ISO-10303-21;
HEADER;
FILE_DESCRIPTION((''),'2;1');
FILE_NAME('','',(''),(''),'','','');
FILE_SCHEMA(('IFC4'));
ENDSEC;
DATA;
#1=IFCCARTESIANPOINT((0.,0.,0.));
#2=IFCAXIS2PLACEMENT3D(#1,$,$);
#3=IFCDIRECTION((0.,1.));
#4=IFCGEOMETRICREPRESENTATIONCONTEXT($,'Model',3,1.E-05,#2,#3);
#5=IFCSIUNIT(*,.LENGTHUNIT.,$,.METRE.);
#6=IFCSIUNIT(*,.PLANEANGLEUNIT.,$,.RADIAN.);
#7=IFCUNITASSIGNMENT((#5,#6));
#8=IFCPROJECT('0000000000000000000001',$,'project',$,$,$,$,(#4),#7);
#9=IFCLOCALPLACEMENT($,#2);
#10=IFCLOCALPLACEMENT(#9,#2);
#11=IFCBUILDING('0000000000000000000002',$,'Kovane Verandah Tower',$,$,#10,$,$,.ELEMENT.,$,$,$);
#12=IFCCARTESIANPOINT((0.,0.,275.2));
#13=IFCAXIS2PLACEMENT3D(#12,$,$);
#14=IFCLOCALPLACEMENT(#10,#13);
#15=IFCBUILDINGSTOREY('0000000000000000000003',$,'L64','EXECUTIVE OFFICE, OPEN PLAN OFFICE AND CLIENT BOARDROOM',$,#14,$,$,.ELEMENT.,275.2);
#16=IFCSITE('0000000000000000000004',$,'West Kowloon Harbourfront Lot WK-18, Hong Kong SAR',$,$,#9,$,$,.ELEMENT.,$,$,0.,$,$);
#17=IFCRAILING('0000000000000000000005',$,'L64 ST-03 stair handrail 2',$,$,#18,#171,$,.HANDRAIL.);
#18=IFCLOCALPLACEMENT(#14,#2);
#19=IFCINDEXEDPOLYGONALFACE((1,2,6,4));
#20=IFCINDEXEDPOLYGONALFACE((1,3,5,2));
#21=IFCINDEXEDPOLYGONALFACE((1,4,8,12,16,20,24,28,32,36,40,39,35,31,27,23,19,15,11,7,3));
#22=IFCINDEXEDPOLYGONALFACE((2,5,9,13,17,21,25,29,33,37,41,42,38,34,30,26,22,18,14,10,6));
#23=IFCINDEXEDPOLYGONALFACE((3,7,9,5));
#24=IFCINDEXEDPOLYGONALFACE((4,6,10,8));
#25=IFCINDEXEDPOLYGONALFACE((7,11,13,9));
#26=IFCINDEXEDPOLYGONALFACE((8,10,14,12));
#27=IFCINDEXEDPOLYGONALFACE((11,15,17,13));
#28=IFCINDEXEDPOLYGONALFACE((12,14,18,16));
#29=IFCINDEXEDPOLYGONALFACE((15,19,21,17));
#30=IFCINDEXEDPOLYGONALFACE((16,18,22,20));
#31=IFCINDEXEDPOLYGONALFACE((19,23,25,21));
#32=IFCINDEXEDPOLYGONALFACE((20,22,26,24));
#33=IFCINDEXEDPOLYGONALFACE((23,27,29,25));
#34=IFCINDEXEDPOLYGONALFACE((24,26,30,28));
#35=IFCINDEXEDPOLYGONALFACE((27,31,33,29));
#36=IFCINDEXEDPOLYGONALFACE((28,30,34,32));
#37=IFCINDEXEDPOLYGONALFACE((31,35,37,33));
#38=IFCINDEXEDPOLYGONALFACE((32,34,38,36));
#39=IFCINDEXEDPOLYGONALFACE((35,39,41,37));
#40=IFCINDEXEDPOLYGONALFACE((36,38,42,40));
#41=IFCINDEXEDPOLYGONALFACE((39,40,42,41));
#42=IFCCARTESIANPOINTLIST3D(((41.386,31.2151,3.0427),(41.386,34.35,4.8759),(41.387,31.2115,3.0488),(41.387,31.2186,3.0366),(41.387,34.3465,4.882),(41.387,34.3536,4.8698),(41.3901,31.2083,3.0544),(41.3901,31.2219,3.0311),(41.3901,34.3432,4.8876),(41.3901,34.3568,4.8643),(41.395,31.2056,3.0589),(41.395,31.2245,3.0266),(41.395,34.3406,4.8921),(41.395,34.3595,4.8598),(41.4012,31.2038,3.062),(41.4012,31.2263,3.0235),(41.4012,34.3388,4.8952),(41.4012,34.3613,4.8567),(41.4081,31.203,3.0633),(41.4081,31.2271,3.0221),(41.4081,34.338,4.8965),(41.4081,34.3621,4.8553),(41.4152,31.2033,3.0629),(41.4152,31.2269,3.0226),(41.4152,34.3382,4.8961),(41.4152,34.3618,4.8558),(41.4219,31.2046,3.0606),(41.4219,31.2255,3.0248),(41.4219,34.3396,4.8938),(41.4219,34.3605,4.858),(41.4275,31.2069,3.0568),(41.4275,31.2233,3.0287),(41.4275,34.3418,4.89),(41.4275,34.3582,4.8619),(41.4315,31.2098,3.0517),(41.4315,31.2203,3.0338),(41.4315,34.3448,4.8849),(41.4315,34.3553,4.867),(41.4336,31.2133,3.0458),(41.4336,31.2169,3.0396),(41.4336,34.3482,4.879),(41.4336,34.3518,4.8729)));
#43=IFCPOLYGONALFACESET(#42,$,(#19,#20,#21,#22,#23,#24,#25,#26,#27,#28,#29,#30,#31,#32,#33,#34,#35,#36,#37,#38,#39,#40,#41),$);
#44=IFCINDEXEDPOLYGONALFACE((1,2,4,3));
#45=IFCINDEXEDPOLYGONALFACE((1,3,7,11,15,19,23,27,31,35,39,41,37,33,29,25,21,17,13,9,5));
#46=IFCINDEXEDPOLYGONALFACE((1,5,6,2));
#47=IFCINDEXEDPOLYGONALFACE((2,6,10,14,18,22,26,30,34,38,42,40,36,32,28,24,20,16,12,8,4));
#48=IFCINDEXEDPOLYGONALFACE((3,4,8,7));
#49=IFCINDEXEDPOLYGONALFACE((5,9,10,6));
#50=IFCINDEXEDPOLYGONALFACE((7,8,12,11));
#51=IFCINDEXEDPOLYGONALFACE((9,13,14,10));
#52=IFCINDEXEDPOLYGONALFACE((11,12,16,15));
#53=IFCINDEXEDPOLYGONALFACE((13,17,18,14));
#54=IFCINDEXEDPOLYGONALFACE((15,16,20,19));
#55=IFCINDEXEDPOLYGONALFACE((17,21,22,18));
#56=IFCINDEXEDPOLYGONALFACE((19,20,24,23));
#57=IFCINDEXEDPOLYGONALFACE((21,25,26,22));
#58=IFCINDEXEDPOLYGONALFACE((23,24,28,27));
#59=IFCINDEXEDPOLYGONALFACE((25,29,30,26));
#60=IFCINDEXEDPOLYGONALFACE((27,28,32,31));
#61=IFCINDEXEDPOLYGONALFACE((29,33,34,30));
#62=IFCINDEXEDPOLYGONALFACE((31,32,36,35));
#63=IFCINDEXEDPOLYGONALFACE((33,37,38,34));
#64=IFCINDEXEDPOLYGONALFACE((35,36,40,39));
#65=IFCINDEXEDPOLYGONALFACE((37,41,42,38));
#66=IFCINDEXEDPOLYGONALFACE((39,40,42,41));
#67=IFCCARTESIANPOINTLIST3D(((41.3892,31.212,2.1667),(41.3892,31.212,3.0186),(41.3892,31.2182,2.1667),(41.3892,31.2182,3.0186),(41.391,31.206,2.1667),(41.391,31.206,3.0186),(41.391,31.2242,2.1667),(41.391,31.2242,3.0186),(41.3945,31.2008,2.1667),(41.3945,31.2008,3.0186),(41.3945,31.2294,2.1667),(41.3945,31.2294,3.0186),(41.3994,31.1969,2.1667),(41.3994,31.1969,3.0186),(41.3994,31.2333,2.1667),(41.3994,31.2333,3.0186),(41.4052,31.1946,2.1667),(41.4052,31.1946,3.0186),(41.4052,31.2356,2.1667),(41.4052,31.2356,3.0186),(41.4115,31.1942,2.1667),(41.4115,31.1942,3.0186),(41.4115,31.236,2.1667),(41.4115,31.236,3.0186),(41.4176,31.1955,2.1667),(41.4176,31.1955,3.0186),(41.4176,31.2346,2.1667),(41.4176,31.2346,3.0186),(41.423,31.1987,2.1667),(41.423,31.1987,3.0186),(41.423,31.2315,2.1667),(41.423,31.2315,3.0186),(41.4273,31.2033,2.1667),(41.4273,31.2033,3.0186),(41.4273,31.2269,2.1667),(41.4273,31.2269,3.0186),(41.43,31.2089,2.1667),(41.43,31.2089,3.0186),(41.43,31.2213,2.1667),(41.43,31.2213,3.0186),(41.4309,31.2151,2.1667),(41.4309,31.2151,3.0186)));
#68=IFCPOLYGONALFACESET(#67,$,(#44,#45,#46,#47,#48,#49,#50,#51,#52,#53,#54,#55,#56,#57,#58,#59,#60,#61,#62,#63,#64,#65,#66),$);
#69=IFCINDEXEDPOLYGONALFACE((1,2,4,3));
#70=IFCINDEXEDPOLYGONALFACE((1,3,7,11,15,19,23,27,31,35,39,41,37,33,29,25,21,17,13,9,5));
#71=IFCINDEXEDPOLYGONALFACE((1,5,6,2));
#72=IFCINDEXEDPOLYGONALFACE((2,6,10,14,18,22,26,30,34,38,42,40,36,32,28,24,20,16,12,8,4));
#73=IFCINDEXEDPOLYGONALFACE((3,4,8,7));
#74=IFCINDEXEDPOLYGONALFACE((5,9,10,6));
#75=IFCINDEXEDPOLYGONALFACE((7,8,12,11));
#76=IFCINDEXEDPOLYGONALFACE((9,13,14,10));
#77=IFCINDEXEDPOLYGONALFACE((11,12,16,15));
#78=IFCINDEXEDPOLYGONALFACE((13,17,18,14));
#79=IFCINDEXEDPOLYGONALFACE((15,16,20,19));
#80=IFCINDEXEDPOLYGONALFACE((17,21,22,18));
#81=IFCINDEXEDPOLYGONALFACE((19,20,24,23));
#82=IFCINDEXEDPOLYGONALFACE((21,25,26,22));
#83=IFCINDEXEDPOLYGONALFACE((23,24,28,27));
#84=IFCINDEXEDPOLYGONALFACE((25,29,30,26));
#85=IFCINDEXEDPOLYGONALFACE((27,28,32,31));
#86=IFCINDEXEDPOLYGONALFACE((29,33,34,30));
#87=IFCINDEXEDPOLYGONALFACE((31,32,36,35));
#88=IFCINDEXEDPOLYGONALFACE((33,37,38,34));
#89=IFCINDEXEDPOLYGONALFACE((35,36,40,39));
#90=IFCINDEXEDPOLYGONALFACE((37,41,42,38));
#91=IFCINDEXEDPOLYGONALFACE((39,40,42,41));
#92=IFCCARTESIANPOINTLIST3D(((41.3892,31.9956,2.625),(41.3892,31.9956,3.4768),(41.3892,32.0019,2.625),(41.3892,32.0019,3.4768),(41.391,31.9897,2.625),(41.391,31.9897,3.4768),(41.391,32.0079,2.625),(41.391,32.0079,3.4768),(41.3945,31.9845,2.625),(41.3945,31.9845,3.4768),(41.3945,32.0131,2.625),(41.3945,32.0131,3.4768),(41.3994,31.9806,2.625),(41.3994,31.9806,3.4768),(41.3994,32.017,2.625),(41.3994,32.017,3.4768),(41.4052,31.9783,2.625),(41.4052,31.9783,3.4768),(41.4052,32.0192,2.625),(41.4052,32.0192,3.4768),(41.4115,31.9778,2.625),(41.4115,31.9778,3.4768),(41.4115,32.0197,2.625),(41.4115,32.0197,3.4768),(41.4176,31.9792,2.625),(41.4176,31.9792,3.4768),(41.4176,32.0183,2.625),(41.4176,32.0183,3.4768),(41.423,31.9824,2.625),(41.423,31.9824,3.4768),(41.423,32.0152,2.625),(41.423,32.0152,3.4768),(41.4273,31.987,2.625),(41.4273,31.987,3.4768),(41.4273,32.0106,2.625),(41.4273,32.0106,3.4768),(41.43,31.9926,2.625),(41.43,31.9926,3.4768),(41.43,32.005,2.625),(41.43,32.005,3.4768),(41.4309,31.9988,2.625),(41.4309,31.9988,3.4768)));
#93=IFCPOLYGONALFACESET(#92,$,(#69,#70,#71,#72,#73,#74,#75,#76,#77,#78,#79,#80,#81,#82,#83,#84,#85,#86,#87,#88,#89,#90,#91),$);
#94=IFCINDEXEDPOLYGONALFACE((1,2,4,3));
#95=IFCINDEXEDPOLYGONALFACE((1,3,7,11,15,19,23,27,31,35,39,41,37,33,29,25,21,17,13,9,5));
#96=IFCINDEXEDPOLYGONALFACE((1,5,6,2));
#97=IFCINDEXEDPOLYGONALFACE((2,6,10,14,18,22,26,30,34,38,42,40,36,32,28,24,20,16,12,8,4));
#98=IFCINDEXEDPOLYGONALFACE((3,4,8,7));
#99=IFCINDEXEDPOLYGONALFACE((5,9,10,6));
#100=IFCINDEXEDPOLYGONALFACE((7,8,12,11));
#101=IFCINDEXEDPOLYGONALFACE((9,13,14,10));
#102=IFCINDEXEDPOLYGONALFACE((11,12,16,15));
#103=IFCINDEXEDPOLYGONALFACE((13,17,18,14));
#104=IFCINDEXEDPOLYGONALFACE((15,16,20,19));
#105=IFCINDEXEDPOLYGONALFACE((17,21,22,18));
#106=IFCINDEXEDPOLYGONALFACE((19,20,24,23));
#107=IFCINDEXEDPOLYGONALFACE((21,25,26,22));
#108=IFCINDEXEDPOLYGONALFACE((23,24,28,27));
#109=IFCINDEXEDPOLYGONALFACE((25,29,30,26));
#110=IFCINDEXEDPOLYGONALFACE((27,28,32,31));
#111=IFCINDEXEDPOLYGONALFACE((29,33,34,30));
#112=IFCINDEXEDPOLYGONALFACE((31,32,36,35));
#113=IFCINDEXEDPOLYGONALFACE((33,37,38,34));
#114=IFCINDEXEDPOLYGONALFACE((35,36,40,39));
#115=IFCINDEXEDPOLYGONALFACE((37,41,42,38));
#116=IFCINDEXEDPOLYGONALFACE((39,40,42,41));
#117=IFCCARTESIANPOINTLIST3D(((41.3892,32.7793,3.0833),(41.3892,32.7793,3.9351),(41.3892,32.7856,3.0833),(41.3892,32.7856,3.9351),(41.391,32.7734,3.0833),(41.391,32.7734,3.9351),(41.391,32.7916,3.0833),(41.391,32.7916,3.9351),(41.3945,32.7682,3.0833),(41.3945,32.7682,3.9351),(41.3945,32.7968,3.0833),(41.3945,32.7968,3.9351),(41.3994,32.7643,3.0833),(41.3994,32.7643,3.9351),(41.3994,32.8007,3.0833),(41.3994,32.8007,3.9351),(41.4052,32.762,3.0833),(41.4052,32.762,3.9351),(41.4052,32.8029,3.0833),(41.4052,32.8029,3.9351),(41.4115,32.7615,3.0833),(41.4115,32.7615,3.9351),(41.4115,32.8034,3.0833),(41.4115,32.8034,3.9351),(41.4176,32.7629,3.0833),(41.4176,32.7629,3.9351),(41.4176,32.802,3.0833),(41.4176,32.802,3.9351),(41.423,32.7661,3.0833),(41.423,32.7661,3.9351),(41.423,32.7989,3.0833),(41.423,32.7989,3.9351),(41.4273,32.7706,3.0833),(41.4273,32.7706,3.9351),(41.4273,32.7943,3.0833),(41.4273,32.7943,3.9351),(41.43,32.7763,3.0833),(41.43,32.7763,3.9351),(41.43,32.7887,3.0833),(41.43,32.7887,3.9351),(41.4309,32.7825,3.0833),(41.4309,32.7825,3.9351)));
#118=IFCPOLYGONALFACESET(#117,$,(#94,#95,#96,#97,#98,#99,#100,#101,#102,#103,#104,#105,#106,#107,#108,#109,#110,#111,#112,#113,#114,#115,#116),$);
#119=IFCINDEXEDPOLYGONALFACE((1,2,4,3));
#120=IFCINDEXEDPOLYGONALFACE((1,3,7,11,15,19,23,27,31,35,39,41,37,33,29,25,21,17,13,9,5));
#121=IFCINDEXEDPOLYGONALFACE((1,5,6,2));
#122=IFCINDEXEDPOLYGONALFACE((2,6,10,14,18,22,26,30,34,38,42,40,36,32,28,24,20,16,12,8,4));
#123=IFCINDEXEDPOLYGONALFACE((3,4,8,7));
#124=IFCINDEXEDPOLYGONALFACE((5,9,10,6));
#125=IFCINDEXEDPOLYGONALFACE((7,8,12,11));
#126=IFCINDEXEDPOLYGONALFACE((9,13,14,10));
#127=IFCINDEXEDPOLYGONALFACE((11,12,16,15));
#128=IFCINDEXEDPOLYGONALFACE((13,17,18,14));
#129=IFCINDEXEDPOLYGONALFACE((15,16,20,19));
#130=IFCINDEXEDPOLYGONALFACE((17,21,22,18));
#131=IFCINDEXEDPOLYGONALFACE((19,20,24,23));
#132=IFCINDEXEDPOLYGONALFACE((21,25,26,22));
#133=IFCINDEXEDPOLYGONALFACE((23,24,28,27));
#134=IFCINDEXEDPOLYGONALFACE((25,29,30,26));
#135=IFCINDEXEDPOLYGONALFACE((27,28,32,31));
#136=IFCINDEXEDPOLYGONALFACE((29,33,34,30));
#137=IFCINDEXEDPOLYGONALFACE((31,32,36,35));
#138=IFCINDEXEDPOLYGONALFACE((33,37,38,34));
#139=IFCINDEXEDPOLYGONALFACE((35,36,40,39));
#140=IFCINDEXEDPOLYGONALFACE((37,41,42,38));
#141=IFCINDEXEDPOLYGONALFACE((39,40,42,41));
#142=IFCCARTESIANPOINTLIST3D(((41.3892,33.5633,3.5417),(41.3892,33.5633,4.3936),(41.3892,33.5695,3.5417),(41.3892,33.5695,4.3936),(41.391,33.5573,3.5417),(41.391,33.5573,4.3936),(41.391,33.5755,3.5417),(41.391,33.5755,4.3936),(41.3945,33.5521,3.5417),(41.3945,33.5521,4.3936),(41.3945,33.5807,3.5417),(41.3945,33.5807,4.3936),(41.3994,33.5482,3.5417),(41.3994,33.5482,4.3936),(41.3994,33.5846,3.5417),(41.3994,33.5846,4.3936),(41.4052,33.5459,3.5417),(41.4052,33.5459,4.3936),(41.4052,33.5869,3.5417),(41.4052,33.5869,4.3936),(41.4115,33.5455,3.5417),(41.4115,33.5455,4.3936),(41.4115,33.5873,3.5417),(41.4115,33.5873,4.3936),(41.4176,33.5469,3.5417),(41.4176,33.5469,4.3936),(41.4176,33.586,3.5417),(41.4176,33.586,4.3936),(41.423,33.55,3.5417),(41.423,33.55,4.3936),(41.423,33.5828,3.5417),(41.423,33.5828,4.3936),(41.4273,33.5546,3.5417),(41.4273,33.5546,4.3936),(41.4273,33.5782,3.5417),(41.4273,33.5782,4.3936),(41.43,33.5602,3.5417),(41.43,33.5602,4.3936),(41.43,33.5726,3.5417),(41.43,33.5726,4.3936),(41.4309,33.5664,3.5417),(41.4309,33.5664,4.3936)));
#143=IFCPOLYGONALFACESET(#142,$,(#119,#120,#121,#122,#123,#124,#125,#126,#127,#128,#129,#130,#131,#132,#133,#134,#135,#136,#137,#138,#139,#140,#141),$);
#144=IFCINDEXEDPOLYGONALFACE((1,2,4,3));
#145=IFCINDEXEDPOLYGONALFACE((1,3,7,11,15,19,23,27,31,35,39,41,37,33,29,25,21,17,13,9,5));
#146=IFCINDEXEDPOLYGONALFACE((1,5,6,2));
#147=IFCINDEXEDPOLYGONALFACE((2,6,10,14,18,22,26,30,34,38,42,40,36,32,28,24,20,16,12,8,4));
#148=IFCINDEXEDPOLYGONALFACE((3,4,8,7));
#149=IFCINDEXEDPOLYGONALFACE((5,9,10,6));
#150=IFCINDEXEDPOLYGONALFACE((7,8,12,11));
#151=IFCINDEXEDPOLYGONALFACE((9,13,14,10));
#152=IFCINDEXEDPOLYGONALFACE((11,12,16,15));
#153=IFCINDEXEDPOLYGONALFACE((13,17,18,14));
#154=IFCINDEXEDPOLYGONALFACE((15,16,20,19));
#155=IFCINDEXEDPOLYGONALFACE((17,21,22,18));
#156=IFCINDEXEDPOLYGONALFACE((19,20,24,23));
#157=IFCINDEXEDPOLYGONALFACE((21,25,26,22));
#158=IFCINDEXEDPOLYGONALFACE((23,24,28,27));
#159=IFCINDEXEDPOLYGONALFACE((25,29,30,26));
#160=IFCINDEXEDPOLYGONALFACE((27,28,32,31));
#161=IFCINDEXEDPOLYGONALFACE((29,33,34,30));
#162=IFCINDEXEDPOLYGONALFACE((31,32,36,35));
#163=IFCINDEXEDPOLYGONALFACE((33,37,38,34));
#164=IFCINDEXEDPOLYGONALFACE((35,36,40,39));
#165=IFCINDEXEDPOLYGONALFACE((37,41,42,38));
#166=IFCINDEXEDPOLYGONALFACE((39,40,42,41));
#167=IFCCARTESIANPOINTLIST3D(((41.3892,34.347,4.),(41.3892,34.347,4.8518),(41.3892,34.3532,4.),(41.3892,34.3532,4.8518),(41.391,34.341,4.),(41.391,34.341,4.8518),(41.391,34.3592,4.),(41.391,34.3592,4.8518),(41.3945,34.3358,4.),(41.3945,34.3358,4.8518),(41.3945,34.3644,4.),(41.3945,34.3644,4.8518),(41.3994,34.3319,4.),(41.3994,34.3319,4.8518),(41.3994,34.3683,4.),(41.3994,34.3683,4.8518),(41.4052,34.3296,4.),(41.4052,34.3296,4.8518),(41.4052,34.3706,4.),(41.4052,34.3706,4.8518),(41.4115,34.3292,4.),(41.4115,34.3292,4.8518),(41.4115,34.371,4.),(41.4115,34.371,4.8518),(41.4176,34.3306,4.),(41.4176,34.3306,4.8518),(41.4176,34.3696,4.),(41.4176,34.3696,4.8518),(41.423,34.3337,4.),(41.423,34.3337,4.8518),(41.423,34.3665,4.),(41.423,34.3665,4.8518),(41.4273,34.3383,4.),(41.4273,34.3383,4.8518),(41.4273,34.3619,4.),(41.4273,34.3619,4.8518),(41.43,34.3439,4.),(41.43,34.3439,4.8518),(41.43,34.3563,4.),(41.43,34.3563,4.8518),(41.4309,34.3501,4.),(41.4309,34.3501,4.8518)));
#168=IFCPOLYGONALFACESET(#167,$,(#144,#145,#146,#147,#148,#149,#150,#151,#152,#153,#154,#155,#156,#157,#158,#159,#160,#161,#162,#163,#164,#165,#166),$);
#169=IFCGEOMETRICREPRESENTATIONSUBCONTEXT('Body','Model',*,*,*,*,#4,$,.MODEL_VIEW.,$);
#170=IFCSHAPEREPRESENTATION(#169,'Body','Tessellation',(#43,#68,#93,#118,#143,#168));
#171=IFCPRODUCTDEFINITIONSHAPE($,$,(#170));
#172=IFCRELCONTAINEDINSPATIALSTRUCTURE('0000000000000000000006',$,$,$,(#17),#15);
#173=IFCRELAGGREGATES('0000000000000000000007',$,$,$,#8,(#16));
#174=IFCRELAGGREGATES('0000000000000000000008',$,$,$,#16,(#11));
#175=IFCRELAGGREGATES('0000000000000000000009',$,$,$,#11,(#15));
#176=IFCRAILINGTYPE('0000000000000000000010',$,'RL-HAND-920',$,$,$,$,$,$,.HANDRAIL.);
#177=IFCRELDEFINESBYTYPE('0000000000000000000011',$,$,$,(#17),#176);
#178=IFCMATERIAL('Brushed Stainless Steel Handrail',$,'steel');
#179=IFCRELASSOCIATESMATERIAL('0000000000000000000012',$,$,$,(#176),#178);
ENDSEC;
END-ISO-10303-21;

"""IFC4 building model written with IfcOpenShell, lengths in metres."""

from ifc_helpers import new_model, si_unit, direction, frame, origin, origin_2d, place, context, subcontext, project, spatial, circle, extrude, material, type_object, element, save


model = new_model("IFC4")

# Units and contexts
model_context = context("Model", 3, precision=1e-05, world=origin(), true_north=direction((0.0, 1.0)))
body_context = subcontext(model_context, "Body", "Model", "MODEL_VIEW")
ifc_project = project(units=[si_unit("LENGTHUNIT", "METRE"), si_unit("PLANEANGLEUNIT", "RADIAN")], contexts=[model_context])

# Site, building, storey
site_placement = place(None, origin())
site = spatial("IfcSite", under=ifc_project, at=site_placement, Name="West Kowloon Harbourfront Lot WK-18, Hong Kong SAR", CompositionType="ELEMENT", RefElevation=0.0)
building_placement = place(site_placement, origin())
building = spatial("IfcBuilding", under=site, at=building_placement, Name="Kovane Verandah Tower", CompositionType="ELEMENT")
storey_placement = place(building_placement, frame((0.0, 0.0, 275.2)))
storey = spatial("IfcBuildingStorey", under=building, at=storey_placement, Name="L64", Description="EXECUTIVE OFFICE, OPEN PLAN OFFICE AND CLIENT BOARDROOM", CompositionType="ELEMENT", Elevation=275.2)

# Railing
ifc_material_1 = material(Name="Brushed Stainless Steel Handrail", Category="steel")
railing_type_1 = type_object("IfcRailingType", Name="RL-HAND-920", PredefinedType="HANDRAIL", material=ifc_material_1)
railing_1_placement = place(storey_placement, frame((41.4099, 31.2151, 2.1667)))
element("IfcRailing", 1, at=railing_1_placement, inside=storey, type_object=railing_type_1, Name="L64 ST-03 stair handrail 2", PredefinedType="HANDRAIL", context=body_context, shape_type="SweptSolid", body=[
    extrude(circle(Radius=0.0239, at=origin_2d()), frame((0.0, 0.0, 0.876), z_axis=(0.0, 0.86324, 0.504794), x_axis=(-1.0, 0.0, 0.0)), (0.0, 0.0, 1.0), 3.6316),
    extrude(circle(Radius=0.021, at=origin_2d()), origin(), (0.0, 0.0, 1.0), 0.8518),
    extrude(circle(Radius=0.021, at=origin_2d()), frame((0.0, 0.7837, 0.4583)), (0.0, 0.0, 1.0), 0.8518),
    extrude(circle(Radius=0.021, at=origin_2d()), frame((0.0, 1.5674, 0.9165)), (0.0, 0.0, 1.0), 0.8518),
    extrude(circle(Radius=0.021, at=origin_2d()), frame((0.0, 2.3513, 1.375)), (0.0, 0.0, 1.0), 0.8518),
    extrude(circle(Radius=0.021, at=origin_2d()), frame((0.0, 3.135, 1.8333)), (0.0, 0.0, 1.0), 0.8518),
])

save(model, "model.ifc")
